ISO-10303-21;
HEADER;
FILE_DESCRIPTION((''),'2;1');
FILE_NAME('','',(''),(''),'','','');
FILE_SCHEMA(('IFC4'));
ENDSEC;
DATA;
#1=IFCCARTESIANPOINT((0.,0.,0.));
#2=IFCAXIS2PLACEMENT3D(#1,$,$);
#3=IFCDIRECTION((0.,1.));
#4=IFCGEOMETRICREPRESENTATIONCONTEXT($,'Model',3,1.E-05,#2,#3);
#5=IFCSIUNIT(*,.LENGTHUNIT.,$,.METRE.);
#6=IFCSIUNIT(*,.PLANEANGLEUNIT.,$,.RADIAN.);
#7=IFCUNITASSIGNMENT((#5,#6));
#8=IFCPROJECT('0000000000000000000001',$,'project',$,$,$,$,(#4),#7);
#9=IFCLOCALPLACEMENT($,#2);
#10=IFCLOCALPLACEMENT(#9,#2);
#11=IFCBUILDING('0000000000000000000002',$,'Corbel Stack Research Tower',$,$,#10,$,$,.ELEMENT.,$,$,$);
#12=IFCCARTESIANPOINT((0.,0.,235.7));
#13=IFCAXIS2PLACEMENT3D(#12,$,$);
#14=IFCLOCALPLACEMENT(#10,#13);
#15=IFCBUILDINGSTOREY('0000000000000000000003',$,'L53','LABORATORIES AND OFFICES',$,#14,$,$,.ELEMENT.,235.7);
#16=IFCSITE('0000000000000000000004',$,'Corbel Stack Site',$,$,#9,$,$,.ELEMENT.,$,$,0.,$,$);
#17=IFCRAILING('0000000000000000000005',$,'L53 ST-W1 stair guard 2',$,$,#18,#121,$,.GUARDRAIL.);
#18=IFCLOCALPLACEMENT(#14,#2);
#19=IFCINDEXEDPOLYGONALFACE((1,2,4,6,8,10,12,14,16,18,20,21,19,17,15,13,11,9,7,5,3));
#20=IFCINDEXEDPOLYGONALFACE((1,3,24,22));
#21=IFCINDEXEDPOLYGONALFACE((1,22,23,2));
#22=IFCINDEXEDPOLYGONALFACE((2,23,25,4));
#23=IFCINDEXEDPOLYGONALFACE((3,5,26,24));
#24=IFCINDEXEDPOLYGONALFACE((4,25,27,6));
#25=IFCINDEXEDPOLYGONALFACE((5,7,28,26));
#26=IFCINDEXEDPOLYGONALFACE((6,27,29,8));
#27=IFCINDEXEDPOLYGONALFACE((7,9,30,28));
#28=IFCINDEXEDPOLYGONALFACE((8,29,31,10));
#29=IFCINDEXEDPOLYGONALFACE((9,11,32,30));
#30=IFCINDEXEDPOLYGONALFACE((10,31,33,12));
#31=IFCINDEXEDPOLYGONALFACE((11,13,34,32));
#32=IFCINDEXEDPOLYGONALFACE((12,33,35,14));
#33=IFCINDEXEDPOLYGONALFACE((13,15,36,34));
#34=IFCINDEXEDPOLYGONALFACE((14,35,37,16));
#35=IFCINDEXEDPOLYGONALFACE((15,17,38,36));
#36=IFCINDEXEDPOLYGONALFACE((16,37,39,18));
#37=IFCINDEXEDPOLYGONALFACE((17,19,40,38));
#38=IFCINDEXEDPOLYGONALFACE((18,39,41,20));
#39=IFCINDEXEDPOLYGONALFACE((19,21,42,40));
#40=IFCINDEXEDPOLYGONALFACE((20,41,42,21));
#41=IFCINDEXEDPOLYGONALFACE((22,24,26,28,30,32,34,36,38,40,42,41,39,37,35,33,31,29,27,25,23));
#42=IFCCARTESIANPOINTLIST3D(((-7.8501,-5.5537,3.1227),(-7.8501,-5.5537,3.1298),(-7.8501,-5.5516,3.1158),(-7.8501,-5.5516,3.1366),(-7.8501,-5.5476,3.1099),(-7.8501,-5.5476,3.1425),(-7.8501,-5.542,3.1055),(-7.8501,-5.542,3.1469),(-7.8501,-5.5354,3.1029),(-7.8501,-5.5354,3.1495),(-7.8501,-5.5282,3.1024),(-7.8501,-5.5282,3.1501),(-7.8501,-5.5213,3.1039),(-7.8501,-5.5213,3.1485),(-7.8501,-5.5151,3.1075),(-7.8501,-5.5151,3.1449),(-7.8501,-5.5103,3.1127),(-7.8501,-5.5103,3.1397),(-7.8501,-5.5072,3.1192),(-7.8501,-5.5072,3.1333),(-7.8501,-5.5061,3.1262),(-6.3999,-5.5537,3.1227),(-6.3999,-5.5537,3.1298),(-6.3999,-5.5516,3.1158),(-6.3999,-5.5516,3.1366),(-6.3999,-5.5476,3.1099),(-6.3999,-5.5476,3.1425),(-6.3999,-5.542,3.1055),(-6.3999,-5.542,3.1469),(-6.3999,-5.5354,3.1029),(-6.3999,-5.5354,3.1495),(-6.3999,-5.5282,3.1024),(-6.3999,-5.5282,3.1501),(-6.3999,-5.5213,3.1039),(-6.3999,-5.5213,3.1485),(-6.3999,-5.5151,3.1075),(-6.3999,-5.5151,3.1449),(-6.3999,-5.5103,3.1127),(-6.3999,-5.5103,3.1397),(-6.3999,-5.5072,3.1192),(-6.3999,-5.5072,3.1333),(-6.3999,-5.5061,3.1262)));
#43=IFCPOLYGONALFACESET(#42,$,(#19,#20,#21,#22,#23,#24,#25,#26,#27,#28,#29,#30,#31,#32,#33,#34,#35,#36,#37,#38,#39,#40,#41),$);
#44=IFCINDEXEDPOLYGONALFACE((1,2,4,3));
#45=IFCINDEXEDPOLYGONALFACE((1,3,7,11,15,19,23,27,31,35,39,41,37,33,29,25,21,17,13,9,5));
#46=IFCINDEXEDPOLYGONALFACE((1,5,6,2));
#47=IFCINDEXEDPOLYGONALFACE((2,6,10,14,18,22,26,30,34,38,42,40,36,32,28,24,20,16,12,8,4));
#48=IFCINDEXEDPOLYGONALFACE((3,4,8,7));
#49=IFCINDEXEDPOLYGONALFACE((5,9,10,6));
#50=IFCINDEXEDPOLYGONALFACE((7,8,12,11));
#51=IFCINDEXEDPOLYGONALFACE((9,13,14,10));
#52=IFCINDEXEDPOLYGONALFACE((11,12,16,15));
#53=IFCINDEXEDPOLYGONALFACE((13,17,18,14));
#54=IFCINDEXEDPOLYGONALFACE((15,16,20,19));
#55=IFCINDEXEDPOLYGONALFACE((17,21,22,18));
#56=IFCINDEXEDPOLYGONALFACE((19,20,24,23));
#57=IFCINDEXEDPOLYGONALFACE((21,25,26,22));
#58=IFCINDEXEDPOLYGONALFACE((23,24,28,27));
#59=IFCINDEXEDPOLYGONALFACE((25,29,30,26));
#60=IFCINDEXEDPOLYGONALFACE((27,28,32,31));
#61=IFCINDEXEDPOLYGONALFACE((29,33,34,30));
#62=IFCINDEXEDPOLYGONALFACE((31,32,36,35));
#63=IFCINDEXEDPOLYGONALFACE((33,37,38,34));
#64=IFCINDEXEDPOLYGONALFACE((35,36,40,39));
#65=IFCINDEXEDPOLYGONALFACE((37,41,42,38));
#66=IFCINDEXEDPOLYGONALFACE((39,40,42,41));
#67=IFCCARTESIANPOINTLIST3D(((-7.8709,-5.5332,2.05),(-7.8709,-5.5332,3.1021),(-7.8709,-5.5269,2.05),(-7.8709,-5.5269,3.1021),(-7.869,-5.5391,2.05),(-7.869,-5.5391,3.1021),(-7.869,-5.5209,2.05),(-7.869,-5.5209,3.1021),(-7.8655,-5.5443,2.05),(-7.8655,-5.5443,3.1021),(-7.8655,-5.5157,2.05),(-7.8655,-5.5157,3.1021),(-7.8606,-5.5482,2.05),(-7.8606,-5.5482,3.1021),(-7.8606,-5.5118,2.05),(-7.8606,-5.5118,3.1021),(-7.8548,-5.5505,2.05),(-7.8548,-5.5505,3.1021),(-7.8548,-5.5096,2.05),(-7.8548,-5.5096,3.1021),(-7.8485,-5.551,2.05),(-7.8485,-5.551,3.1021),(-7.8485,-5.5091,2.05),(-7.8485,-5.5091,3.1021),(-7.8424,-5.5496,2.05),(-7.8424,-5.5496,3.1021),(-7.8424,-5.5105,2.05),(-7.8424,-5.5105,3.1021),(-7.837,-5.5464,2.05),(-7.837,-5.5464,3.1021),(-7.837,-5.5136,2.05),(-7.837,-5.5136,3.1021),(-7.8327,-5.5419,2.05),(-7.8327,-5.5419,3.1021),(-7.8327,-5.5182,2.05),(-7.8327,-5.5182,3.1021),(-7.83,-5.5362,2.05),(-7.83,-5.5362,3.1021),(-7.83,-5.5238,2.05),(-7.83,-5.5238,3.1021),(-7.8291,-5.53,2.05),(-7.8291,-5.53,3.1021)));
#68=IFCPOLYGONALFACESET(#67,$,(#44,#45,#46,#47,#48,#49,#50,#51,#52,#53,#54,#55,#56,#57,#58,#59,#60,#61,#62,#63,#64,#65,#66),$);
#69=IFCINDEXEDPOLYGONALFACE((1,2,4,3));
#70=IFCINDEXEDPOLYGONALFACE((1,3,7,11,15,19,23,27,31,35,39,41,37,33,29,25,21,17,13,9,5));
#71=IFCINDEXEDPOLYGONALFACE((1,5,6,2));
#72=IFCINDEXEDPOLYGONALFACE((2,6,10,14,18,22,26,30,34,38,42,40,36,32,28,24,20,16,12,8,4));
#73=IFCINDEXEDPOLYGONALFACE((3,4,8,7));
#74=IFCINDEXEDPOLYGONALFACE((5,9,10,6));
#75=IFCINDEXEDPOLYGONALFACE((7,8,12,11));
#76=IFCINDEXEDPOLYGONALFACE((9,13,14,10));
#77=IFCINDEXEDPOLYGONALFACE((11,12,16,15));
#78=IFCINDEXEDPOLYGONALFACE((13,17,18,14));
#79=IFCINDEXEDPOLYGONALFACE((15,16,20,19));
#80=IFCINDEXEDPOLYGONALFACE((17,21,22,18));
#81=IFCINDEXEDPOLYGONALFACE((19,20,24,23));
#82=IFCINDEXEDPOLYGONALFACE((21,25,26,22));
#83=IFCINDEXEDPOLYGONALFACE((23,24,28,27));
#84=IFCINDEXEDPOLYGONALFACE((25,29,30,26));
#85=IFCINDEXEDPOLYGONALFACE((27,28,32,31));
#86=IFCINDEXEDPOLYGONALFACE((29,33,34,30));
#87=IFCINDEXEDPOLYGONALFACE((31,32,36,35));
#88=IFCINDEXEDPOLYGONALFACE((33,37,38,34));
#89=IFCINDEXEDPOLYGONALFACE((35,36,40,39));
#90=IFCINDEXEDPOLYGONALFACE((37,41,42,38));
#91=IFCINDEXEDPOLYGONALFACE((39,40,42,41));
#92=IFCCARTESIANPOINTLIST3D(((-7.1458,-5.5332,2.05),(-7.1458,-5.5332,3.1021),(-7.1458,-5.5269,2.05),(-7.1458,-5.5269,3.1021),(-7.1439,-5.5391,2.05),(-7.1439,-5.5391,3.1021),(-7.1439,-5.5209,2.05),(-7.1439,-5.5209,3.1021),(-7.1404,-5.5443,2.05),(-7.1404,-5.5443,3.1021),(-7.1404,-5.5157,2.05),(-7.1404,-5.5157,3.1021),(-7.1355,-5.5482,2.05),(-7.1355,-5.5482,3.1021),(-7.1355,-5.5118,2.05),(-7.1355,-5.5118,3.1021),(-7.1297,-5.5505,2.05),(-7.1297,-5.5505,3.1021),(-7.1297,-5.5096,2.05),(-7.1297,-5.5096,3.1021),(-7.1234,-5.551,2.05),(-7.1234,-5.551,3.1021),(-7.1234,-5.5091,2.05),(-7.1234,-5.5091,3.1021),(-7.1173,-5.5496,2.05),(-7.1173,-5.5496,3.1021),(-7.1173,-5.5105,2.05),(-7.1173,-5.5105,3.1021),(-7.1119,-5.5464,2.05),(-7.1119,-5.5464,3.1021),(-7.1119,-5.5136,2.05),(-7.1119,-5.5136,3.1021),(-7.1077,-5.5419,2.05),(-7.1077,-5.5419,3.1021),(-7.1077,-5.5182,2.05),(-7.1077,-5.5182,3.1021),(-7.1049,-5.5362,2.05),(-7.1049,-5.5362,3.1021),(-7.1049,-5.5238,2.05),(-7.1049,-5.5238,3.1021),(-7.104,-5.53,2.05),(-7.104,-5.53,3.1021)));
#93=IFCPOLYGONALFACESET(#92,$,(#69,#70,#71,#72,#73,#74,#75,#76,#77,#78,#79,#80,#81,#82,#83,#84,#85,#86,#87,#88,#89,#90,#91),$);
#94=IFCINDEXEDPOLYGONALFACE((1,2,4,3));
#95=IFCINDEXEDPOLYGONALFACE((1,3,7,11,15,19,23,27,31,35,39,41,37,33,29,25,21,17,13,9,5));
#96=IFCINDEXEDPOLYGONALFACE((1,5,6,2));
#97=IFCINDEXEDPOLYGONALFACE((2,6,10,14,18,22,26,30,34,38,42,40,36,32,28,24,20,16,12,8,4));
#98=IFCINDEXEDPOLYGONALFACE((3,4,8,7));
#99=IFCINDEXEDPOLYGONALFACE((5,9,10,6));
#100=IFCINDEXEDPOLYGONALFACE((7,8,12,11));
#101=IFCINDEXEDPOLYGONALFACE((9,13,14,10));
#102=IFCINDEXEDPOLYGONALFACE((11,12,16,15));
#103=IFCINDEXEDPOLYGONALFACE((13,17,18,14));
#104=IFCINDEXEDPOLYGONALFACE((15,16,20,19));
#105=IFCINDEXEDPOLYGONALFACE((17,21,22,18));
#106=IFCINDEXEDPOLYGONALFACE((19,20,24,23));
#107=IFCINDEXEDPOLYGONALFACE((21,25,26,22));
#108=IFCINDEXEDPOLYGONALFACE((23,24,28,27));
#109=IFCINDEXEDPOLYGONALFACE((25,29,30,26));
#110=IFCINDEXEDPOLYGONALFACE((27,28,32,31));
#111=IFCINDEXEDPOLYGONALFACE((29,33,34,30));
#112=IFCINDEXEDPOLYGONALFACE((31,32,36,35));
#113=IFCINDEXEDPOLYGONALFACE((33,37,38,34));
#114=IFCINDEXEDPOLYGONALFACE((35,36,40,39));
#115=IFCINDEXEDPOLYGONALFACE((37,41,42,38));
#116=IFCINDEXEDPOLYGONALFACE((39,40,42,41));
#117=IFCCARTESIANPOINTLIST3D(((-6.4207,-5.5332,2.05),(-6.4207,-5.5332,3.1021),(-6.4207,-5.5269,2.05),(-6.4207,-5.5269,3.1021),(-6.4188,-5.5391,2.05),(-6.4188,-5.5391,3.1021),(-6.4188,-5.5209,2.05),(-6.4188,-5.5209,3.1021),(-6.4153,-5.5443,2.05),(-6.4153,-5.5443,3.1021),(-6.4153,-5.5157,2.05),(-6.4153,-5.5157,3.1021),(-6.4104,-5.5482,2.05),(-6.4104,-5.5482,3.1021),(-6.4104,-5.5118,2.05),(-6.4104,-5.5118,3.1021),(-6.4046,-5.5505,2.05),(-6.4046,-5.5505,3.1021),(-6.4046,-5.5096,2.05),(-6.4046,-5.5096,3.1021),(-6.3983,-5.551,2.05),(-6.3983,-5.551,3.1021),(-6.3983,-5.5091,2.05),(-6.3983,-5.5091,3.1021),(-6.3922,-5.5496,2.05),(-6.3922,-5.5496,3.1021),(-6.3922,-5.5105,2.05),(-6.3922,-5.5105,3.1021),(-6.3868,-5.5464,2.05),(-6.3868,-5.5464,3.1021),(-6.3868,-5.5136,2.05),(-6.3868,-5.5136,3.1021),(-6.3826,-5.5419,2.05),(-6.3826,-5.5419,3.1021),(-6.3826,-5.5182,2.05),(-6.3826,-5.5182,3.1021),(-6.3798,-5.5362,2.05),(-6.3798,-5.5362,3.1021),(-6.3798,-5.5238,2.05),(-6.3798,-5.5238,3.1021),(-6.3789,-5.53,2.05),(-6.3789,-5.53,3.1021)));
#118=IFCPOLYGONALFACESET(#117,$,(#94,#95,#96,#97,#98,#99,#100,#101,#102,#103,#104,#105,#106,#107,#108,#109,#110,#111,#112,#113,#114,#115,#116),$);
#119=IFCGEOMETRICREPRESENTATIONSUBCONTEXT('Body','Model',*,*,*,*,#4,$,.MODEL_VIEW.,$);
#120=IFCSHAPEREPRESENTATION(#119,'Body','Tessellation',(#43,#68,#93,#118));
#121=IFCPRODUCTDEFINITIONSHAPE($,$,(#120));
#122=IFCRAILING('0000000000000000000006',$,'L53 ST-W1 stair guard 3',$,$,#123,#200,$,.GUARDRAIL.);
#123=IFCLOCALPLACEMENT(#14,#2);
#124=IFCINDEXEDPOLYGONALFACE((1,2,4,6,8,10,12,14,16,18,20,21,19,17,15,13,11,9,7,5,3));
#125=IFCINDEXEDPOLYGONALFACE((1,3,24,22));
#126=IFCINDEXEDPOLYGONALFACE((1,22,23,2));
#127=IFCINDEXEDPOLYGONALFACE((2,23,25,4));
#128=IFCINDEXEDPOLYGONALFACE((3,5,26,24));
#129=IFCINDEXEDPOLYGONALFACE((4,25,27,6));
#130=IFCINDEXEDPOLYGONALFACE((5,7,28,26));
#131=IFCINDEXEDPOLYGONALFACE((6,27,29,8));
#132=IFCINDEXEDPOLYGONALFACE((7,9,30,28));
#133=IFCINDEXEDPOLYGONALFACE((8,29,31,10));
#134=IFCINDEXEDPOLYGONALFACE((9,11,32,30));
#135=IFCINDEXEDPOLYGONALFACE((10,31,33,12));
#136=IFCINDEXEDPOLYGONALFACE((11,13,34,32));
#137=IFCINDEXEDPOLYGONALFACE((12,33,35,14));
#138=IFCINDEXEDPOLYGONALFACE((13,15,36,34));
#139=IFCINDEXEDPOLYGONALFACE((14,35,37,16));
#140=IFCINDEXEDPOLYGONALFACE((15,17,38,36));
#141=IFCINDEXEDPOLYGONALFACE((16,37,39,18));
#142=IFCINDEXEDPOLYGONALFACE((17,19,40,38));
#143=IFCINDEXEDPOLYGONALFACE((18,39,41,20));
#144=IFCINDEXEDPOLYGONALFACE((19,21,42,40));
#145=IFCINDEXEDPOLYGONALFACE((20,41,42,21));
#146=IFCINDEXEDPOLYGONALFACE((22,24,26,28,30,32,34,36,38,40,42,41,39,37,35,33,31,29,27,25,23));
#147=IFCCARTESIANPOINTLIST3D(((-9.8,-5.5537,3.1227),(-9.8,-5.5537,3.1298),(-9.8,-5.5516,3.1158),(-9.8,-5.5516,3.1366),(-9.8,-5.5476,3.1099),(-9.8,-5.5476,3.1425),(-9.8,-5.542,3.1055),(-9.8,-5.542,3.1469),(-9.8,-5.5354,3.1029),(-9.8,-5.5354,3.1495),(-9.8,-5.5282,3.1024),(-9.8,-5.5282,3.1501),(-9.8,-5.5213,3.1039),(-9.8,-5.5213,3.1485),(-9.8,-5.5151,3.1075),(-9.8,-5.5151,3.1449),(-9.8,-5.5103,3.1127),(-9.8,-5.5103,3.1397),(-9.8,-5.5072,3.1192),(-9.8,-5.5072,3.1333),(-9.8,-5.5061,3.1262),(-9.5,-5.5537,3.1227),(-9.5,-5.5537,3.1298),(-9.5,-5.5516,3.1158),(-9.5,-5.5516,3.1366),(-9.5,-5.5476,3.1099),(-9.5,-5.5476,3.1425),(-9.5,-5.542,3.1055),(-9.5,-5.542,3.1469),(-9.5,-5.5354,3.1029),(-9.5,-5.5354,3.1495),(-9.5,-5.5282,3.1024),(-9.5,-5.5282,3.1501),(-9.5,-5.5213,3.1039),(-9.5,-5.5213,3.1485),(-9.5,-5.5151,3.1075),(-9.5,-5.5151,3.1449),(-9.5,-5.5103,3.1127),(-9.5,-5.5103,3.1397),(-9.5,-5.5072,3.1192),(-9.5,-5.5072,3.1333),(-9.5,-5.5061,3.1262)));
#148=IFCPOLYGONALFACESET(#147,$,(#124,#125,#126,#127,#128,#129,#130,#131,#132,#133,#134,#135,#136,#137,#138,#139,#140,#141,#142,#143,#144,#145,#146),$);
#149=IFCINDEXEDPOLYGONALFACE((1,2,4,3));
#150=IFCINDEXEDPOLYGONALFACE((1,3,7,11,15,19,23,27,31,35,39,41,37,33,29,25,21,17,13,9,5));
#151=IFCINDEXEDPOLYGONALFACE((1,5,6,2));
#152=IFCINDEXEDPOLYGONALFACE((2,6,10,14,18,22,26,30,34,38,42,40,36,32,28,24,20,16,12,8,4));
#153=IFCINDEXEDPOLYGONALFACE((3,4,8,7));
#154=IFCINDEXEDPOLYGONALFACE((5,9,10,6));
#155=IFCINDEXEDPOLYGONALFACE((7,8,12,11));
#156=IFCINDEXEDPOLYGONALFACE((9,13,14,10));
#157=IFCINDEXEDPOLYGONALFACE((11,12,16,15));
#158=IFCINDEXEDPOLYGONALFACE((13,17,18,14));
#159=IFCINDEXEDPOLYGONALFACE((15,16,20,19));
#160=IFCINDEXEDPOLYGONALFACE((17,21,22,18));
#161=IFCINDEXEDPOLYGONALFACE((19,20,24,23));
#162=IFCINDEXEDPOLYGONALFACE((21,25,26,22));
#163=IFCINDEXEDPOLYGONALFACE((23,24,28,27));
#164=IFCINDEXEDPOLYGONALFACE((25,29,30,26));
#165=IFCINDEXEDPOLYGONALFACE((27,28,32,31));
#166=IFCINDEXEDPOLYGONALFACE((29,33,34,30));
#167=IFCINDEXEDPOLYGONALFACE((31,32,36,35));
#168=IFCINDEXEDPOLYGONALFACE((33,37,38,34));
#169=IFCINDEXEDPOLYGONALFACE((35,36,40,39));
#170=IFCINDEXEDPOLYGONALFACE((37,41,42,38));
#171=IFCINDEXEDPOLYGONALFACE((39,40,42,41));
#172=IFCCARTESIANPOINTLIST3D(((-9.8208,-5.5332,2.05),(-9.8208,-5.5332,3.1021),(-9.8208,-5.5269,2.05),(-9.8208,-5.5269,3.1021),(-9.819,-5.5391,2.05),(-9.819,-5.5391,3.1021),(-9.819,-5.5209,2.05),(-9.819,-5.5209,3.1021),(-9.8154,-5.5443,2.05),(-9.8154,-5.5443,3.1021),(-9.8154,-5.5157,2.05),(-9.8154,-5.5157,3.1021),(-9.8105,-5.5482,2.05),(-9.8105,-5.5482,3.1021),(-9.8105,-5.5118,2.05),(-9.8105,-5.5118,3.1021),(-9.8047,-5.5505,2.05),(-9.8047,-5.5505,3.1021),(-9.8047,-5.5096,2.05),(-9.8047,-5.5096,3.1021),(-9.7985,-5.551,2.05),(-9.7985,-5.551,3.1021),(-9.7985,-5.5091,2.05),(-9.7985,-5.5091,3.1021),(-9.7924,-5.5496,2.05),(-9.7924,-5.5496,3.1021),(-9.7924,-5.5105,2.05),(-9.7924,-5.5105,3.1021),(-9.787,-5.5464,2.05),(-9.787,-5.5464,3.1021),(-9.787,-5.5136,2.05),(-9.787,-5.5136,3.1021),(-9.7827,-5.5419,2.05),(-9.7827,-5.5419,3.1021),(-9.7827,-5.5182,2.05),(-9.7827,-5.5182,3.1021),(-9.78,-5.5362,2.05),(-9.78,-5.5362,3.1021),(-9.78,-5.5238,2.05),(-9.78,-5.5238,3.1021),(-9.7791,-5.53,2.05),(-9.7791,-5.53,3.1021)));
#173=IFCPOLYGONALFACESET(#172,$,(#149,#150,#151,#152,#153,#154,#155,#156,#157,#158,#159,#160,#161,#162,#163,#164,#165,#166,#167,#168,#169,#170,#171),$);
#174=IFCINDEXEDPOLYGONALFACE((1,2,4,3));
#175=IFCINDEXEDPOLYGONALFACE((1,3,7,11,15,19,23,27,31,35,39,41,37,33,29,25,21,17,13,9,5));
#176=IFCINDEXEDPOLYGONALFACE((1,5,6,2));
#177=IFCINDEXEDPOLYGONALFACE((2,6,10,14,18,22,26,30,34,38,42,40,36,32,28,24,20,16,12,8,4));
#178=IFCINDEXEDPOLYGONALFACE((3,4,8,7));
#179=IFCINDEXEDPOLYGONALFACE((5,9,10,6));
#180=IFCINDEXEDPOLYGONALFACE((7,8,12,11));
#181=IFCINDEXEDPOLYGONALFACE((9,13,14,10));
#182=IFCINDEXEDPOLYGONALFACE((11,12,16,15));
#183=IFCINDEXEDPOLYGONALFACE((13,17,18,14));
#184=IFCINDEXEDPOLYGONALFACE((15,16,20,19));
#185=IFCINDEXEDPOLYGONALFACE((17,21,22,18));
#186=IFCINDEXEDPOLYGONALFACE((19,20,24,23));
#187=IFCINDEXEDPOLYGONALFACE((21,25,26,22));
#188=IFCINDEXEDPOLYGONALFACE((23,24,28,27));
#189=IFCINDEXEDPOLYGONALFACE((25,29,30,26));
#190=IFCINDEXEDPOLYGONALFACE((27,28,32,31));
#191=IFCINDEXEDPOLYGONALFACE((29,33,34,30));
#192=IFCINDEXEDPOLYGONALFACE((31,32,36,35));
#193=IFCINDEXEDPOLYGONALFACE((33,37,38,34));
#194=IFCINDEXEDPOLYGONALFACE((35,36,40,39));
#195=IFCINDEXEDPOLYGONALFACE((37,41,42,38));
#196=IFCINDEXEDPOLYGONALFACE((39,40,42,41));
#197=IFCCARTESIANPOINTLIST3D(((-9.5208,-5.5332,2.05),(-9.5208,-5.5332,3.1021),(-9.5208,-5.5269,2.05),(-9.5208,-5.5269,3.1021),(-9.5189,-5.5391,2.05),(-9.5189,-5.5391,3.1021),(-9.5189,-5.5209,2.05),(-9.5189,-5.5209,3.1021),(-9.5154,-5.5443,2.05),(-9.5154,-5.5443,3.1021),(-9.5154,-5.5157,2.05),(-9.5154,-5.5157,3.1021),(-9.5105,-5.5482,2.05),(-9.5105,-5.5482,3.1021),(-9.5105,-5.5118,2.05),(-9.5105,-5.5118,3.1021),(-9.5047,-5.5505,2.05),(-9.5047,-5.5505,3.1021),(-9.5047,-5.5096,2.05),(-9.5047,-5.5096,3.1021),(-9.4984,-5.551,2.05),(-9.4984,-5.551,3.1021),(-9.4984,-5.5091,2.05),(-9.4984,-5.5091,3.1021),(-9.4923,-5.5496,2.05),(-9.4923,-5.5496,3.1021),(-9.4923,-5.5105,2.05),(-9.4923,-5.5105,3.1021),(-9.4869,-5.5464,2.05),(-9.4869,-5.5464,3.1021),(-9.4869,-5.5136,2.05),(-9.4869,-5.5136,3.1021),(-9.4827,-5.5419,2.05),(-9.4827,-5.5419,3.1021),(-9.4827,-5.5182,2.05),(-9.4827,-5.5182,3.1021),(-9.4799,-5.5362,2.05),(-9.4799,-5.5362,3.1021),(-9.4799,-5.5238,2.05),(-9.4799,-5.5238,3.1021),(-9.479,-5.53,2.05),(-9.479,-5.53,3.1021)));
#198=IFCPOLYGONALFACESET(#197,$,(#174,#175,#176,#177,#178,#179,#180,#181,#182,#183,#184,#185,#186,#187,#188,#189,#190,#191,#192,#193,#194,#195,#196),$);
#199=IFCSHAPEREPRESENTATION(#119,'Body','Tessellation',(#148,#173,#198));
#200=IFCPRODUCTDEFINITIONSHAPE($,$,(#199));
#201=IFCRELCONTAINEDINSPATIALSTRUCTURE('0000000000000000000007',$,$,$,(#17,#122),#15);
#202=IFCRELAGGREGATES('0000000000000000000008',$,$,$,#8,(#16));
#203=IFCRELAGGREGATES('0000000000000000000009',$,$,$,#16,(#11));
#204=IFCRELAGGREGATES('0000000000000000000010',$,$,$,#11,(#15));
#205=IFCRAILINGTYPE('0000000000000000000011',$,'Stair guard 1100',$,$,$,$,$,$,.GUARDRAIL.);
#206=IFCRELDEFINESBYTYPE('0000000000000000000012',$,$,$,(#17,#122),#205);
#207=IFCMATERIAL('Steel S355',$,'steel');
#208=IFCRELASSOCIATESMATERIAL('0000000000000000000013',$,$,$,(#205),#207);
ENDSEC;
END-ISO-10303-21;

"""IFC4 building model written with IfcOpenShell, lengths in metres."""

from ifc_helpers import new_model, si_unit, direction, frame, origin, origin_2d, place, context, subcontext, project, spatial, circle, extrude, material, type_object, element, save


model = new_model("IFC4")

# Units and contexts
model_context = context("Model", 3, precision=1e-05, world=origin(), true_north=direction((0.0, 1.0)))
body_context = subcontext(model_context, "Body", "Model", "MODEL_VIEW")
ifc_project = project(units=[si_unit("LENGTHUNIT", "METRE"), si_unit("PLANEANGLEUNIT", "RADIAN")], contexts=[model_context])

# Site, building, storey
site_placement = place(None, origin())
site = spatial("IfcSite", under=ifc_project, at=site_placement, Name="Corbel Stack Site", CompositionType="ELEMENT", RefElevation=0.0)
building_placement = place(site_placement, origin())
building = spatial("IfcBuilding", under=site, at=building_placement, Name="Corbel Stack Research Tower", CompositionType="ELEMENT")
storey_placement = place(building_placement, frame((0.0, 0.0, 235.7)))
storey = spatial("IfcBuildingStorey", under=building, at=storey_placement, Name="L53", Description="LABORATORIES AND OFFICES", CompositionType="ELEMENT", Elevation=235.7)

# Railings
ifc_material_1 = material(Name="Steel S355", Category="steel")
railing_type_1 = type_object("IfcRailingType", Name="Stair guard 1100", PredefinedType="GUARDRAIL", material=ifc_material_1)
railing_1_placement = place(storey_placement, frame((-7.8501, -5.53, 2.05)))
element("IfcRailing", 1, at=railing_1_placement, inside=storey, type_object=railing_type_1, Name="L53 ST-W1 stair guard 2", PredefinedType="GUARDRAIL", context=body_context, shape_type="SweptSolid", body=[
    extrude(circle(Radius=0.0239, at=origin_2d()), frame((0.0, 0.0, 1.0762), z_axis=(1.0, 0.0, 0.0), x_axis=(0.0, 1.0, 0.0)), (0.0, 0.0, 1.0), 1.4502),
    extrude(circle(Radius=0.021, at=origin_2d()), origin(), (0.0, 0.0, 1.0), 1.052),
    extrude(circle(Radius=0.021, at=origin_2d()), frame((0.7251, 0.0, 0.0)), (0.0, 0.0, 1.0), 1.052),
    extrude(circle(Radius=0.021, at=origin_2d()), frame((1.4502, 0.0, 0.0)), (0.0, 0.0, 1.0), 1.052),
])
railing_2_placement = place(storey_placement, frame((-9.8, -5.53, 2.05)))
element("IfcRailing", 2, at=railing_2_placement, inside=storey, type_object=railing_type_1, Name="L53 ST-W1 stair guard 3", PredefinedType="GUARDRAIL", context=body_context, shape_type="SweptSolid", body=[
    extrude(circle(Radius=0.0239, at=origin_2d()), frame((0.0, 0.0, 1.0762), z_axis=(1.0, 0.0, 0.0), x_axis=(0.0, 1.0, 0.0)), (0.0, 0.0, 1.0), 0.3),
    extrude(circle(Radius=0.021, at=origin_2d()), origin(), (0.0, 0.0, 1.0), 1.052),
    extrude(circle(Radius=0.021, at=origin_2d()), frame((0.3, 0.0, 0.0)), (0.0, 0.0, 1.0), 1.052),
])

save(model, "model.ifc")
